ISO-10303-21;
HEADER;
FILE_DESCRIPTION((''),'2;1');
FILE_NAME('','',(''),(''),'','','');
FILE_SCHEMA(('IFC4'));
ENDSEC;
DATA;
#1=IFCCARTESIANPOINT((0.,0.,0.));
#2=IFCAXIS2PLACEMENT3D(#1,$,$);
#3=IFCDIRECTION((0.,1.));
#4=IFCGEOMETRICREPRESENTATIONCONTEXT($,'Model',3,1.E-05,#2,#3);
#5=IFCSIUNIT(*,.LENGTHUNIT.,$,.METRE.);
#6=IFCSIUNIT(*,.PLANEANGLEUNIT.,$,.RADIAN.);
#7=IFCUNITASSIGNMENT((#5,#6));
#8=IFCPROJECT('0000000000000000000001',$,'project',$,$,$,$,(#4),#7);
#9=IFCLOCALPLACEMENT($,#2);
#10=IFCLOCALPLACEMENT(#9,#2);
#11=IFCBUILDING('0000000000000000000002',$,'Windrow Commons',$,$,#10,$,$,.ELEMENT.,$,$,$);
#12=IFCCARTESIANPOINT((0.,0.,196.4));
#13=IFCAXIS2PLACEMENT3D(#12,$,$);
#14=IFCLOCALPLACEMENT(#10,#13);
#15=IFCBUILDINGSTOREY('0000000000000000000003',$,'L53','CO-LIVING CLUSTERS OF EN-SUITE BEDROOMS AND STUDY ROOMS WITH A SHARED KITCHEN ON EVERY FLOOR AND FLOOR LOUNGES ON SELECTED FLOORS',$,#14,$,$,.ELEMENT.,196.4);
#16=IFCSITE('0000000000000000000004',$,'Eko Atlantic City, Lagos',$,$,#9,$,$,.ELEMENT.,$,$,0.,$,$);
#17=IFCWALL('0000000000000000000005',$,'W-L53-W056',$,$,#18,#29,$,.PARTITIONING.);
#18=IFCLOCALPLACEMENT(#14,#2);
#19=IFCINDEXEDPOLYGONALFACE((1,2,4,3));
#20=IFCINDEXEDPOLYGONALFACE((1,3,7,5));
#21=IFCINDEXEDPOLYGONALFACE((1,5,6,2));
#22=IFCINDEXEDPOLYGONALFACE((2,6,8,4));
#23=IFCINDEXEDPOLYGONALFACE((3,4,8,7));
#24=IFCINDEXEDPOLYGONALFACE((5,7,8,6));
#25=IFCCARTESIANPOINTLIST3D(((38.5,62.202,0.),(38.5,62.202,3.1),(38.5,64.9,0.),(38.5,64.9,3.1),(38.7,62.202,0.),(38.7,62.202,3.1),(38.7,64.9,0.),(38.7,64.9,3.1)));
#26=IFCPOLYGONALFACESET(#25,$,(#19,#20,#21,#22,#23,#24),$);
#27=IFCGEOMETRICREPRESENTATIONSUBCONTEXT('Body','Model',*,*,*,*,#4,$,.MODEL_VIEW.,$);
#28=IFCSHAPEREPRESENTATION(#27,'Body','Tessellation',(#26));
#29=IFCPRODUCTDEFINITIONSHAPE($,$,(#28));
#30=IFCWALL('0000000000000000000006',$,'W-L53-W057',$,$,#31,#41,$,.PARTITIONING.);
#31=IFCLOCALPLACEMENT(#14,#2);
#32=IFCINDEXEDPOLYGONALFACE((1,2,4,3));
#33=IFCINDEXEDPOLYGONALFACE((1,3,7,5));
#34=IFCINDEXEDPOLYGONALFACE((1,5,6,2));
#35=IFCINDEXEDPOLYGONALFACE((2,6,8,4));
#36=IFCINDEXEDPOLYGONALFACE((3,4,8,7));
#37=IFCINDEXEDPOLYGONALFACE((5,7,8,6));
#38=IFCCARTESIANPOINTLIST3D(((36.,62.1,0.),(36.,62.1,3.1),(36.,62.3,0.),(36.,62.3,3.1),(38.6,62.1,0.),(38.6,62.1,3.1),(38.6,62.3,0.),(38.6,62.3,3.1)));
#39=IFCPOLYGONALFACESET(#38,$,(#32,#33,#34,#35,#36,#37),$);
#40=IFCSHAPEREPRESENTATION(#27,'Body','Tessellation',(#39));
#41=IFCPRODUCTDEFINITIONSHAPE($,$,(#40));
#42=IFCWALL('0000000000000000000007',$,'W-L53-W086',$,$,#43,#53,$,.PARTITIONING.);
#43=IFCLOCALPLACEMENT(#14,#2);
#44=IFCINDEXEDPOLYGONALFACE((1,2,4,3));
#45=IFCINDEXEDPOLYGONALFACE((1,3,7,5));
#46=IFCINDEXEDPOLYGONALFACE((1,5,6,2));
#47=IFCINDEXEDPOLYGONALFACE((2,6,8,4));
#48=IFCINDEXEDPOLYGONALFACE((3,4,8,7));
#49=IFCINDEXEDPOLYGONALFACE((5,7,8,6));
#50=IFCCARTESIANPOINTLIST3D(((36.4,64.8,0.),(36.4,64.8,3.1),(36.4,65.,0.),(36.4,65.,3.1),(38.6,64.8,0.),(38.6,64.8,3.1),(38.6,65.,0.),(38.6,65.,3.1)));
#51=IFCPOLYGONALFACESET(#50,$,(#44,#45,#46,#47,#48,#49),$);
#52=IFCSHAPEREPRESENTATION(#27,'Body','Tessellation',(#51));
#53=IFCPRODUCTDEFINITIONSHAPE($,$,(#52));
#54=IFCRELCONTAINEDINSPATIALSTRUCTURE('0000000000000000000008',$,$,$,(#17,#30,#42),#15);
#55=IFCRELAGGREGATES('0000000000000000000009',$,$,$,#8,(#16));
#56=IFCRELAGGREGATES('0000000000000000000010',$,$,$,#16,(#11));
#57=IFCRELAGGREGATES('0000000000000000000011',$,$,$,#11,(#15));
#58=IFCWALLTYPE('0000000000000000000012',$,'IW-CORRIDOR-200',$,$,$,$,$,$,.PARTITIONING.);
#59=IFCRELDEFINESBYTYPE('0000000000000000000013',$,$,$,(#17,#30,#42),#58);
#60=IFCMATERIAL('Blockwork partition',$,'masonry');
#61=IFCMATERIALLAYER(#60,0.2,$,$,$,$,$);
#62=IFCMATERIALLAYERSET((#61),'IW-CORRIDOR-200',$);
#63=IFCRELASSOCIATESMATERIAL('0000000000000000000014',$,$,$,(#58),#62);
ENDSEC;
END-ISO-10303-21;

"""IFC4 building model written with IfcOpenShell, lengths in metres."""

from ifc_helpers import new_model, si_unit, direction, frame, frame_2d, origin, place, context, subcontext, project, spatial, rectangle, extrude, material, layer, layer_set, type_object, element, save


model = new_model("IFC4")

# Units and contexts
model_context = context("Model", 3, precision=1e-05, world=origin(), true_north=direction((0.0, 1.0)))
body_context = subcontext(model_context, "Body", "Model", "MODEL_VIEW")
ifc_project = project(units=[si_unit("LENGTHUNIT", "METRE"), si_unit("PLANEANGLEUNIT", "RADIAN")], contexts=[model_context])

# Site, building, storey
site_placement = place(None, origin())
site = spatial("IfcSite", under=ifc_project, at=site_placement, Name="Eko Atlantic City, Lagos", CompositionType="ELEMENT", RefElevation=0.0)
building_placement = place(site_placement, origin())
building = spatial("IfcBuilding", under=site, at=building_placement, Name="Windrow Commons", CompositionType="ELEMENT")
storey_placement = place(building_placement, frame((0.0, 0.0, 196.4)))
storey = spatial("IfcBuildingStorey", under=building, at=storey_placement, Name="L53", Description="CO-LIVING CLUSTERS OF EN-SUITE BEDROOMS AND STUDY ROOMS WITH A SHARED KITCHEN ON EVERY FLOOR AND FLOOR LOUNGES ON SELECTED FLOORS", CompositionType="ELEMENT", Elevation=196.4)

# Walls
ifc_material_1 = material(Name="Blockwork partition", Category="masonry")
ifc_layer_1 = layer(ifc_material_1, 0.2)
ifc_layer_set_1 = layer_set([ifc_layer_1], Name="IW-CORRIDOR-200")
wall_type_1 = type_object("IfcWallType", Name="IW-CORRIDOR-200", PredefinedType="PARTITIONING", material=ifc_layer_set_1)
wall_1_placement = place(storey_placement, frame((38.6, 62.202, 0.0), z_axis=(0.0, 0.0, 1.0), x_axis=(0.0, 1.0, 0.0)))
element("IfcWall", 1, at=wall_1_placement, inside=storey, type_object=wall_type_1, Name="W-L53-W056", PredefinedType="PARTITIONING", context=body_context, shape_type="SweptSolid", body=[
    extrude(rectangle(XDim=2.698, YDim=0.2, at=frame_2d((1.349, 0.0))), origin(), (0.0, 0.0, 1.0), 3.1),
])
wall_2_placement = place(storey_placement, frame((36.0, 62.2, 0.0), z_axis=(0.0, 0.0, 1.0), x_axis=(1.0, 0.0, 0.0)))
element("IfcWall", 2, at=wall_2_placement, inside=storey, type_object=wall_type_1, Name="W-L53-W057", PredefinedType="PARTITIONING", context=body_context, shape_type="SweptSolid", body=[
    extrude(rectangle(XDim=2.6, YDim=0.2, at=frame_2d((1.3, 0.0))), origin(), (0.0, 0.0, 1.0), 3.1),
])
wall_3_placement = place(storey_placement, frame((36.4, 64.9, 0.0), z_axis=(0.0, 0.0, 1.0), x_axis=(1.0, 0.0, 0.0)))
element("IfcWall", 3, at=wall_3_placement, inside=storey, type_object=wall_type_1, Name="W-L53-W086", PredefinedType="PARTITIONING", context=body_context, shape_type="SweptSolid", body=[
    extrude(rectangle(XDim=2.2, YDim=0.2, at=frame_2d((1.1, 0.0))), origin(), (0.0, 0.0, 1.0), 3.1),
])

save(model, "model.ifc")
